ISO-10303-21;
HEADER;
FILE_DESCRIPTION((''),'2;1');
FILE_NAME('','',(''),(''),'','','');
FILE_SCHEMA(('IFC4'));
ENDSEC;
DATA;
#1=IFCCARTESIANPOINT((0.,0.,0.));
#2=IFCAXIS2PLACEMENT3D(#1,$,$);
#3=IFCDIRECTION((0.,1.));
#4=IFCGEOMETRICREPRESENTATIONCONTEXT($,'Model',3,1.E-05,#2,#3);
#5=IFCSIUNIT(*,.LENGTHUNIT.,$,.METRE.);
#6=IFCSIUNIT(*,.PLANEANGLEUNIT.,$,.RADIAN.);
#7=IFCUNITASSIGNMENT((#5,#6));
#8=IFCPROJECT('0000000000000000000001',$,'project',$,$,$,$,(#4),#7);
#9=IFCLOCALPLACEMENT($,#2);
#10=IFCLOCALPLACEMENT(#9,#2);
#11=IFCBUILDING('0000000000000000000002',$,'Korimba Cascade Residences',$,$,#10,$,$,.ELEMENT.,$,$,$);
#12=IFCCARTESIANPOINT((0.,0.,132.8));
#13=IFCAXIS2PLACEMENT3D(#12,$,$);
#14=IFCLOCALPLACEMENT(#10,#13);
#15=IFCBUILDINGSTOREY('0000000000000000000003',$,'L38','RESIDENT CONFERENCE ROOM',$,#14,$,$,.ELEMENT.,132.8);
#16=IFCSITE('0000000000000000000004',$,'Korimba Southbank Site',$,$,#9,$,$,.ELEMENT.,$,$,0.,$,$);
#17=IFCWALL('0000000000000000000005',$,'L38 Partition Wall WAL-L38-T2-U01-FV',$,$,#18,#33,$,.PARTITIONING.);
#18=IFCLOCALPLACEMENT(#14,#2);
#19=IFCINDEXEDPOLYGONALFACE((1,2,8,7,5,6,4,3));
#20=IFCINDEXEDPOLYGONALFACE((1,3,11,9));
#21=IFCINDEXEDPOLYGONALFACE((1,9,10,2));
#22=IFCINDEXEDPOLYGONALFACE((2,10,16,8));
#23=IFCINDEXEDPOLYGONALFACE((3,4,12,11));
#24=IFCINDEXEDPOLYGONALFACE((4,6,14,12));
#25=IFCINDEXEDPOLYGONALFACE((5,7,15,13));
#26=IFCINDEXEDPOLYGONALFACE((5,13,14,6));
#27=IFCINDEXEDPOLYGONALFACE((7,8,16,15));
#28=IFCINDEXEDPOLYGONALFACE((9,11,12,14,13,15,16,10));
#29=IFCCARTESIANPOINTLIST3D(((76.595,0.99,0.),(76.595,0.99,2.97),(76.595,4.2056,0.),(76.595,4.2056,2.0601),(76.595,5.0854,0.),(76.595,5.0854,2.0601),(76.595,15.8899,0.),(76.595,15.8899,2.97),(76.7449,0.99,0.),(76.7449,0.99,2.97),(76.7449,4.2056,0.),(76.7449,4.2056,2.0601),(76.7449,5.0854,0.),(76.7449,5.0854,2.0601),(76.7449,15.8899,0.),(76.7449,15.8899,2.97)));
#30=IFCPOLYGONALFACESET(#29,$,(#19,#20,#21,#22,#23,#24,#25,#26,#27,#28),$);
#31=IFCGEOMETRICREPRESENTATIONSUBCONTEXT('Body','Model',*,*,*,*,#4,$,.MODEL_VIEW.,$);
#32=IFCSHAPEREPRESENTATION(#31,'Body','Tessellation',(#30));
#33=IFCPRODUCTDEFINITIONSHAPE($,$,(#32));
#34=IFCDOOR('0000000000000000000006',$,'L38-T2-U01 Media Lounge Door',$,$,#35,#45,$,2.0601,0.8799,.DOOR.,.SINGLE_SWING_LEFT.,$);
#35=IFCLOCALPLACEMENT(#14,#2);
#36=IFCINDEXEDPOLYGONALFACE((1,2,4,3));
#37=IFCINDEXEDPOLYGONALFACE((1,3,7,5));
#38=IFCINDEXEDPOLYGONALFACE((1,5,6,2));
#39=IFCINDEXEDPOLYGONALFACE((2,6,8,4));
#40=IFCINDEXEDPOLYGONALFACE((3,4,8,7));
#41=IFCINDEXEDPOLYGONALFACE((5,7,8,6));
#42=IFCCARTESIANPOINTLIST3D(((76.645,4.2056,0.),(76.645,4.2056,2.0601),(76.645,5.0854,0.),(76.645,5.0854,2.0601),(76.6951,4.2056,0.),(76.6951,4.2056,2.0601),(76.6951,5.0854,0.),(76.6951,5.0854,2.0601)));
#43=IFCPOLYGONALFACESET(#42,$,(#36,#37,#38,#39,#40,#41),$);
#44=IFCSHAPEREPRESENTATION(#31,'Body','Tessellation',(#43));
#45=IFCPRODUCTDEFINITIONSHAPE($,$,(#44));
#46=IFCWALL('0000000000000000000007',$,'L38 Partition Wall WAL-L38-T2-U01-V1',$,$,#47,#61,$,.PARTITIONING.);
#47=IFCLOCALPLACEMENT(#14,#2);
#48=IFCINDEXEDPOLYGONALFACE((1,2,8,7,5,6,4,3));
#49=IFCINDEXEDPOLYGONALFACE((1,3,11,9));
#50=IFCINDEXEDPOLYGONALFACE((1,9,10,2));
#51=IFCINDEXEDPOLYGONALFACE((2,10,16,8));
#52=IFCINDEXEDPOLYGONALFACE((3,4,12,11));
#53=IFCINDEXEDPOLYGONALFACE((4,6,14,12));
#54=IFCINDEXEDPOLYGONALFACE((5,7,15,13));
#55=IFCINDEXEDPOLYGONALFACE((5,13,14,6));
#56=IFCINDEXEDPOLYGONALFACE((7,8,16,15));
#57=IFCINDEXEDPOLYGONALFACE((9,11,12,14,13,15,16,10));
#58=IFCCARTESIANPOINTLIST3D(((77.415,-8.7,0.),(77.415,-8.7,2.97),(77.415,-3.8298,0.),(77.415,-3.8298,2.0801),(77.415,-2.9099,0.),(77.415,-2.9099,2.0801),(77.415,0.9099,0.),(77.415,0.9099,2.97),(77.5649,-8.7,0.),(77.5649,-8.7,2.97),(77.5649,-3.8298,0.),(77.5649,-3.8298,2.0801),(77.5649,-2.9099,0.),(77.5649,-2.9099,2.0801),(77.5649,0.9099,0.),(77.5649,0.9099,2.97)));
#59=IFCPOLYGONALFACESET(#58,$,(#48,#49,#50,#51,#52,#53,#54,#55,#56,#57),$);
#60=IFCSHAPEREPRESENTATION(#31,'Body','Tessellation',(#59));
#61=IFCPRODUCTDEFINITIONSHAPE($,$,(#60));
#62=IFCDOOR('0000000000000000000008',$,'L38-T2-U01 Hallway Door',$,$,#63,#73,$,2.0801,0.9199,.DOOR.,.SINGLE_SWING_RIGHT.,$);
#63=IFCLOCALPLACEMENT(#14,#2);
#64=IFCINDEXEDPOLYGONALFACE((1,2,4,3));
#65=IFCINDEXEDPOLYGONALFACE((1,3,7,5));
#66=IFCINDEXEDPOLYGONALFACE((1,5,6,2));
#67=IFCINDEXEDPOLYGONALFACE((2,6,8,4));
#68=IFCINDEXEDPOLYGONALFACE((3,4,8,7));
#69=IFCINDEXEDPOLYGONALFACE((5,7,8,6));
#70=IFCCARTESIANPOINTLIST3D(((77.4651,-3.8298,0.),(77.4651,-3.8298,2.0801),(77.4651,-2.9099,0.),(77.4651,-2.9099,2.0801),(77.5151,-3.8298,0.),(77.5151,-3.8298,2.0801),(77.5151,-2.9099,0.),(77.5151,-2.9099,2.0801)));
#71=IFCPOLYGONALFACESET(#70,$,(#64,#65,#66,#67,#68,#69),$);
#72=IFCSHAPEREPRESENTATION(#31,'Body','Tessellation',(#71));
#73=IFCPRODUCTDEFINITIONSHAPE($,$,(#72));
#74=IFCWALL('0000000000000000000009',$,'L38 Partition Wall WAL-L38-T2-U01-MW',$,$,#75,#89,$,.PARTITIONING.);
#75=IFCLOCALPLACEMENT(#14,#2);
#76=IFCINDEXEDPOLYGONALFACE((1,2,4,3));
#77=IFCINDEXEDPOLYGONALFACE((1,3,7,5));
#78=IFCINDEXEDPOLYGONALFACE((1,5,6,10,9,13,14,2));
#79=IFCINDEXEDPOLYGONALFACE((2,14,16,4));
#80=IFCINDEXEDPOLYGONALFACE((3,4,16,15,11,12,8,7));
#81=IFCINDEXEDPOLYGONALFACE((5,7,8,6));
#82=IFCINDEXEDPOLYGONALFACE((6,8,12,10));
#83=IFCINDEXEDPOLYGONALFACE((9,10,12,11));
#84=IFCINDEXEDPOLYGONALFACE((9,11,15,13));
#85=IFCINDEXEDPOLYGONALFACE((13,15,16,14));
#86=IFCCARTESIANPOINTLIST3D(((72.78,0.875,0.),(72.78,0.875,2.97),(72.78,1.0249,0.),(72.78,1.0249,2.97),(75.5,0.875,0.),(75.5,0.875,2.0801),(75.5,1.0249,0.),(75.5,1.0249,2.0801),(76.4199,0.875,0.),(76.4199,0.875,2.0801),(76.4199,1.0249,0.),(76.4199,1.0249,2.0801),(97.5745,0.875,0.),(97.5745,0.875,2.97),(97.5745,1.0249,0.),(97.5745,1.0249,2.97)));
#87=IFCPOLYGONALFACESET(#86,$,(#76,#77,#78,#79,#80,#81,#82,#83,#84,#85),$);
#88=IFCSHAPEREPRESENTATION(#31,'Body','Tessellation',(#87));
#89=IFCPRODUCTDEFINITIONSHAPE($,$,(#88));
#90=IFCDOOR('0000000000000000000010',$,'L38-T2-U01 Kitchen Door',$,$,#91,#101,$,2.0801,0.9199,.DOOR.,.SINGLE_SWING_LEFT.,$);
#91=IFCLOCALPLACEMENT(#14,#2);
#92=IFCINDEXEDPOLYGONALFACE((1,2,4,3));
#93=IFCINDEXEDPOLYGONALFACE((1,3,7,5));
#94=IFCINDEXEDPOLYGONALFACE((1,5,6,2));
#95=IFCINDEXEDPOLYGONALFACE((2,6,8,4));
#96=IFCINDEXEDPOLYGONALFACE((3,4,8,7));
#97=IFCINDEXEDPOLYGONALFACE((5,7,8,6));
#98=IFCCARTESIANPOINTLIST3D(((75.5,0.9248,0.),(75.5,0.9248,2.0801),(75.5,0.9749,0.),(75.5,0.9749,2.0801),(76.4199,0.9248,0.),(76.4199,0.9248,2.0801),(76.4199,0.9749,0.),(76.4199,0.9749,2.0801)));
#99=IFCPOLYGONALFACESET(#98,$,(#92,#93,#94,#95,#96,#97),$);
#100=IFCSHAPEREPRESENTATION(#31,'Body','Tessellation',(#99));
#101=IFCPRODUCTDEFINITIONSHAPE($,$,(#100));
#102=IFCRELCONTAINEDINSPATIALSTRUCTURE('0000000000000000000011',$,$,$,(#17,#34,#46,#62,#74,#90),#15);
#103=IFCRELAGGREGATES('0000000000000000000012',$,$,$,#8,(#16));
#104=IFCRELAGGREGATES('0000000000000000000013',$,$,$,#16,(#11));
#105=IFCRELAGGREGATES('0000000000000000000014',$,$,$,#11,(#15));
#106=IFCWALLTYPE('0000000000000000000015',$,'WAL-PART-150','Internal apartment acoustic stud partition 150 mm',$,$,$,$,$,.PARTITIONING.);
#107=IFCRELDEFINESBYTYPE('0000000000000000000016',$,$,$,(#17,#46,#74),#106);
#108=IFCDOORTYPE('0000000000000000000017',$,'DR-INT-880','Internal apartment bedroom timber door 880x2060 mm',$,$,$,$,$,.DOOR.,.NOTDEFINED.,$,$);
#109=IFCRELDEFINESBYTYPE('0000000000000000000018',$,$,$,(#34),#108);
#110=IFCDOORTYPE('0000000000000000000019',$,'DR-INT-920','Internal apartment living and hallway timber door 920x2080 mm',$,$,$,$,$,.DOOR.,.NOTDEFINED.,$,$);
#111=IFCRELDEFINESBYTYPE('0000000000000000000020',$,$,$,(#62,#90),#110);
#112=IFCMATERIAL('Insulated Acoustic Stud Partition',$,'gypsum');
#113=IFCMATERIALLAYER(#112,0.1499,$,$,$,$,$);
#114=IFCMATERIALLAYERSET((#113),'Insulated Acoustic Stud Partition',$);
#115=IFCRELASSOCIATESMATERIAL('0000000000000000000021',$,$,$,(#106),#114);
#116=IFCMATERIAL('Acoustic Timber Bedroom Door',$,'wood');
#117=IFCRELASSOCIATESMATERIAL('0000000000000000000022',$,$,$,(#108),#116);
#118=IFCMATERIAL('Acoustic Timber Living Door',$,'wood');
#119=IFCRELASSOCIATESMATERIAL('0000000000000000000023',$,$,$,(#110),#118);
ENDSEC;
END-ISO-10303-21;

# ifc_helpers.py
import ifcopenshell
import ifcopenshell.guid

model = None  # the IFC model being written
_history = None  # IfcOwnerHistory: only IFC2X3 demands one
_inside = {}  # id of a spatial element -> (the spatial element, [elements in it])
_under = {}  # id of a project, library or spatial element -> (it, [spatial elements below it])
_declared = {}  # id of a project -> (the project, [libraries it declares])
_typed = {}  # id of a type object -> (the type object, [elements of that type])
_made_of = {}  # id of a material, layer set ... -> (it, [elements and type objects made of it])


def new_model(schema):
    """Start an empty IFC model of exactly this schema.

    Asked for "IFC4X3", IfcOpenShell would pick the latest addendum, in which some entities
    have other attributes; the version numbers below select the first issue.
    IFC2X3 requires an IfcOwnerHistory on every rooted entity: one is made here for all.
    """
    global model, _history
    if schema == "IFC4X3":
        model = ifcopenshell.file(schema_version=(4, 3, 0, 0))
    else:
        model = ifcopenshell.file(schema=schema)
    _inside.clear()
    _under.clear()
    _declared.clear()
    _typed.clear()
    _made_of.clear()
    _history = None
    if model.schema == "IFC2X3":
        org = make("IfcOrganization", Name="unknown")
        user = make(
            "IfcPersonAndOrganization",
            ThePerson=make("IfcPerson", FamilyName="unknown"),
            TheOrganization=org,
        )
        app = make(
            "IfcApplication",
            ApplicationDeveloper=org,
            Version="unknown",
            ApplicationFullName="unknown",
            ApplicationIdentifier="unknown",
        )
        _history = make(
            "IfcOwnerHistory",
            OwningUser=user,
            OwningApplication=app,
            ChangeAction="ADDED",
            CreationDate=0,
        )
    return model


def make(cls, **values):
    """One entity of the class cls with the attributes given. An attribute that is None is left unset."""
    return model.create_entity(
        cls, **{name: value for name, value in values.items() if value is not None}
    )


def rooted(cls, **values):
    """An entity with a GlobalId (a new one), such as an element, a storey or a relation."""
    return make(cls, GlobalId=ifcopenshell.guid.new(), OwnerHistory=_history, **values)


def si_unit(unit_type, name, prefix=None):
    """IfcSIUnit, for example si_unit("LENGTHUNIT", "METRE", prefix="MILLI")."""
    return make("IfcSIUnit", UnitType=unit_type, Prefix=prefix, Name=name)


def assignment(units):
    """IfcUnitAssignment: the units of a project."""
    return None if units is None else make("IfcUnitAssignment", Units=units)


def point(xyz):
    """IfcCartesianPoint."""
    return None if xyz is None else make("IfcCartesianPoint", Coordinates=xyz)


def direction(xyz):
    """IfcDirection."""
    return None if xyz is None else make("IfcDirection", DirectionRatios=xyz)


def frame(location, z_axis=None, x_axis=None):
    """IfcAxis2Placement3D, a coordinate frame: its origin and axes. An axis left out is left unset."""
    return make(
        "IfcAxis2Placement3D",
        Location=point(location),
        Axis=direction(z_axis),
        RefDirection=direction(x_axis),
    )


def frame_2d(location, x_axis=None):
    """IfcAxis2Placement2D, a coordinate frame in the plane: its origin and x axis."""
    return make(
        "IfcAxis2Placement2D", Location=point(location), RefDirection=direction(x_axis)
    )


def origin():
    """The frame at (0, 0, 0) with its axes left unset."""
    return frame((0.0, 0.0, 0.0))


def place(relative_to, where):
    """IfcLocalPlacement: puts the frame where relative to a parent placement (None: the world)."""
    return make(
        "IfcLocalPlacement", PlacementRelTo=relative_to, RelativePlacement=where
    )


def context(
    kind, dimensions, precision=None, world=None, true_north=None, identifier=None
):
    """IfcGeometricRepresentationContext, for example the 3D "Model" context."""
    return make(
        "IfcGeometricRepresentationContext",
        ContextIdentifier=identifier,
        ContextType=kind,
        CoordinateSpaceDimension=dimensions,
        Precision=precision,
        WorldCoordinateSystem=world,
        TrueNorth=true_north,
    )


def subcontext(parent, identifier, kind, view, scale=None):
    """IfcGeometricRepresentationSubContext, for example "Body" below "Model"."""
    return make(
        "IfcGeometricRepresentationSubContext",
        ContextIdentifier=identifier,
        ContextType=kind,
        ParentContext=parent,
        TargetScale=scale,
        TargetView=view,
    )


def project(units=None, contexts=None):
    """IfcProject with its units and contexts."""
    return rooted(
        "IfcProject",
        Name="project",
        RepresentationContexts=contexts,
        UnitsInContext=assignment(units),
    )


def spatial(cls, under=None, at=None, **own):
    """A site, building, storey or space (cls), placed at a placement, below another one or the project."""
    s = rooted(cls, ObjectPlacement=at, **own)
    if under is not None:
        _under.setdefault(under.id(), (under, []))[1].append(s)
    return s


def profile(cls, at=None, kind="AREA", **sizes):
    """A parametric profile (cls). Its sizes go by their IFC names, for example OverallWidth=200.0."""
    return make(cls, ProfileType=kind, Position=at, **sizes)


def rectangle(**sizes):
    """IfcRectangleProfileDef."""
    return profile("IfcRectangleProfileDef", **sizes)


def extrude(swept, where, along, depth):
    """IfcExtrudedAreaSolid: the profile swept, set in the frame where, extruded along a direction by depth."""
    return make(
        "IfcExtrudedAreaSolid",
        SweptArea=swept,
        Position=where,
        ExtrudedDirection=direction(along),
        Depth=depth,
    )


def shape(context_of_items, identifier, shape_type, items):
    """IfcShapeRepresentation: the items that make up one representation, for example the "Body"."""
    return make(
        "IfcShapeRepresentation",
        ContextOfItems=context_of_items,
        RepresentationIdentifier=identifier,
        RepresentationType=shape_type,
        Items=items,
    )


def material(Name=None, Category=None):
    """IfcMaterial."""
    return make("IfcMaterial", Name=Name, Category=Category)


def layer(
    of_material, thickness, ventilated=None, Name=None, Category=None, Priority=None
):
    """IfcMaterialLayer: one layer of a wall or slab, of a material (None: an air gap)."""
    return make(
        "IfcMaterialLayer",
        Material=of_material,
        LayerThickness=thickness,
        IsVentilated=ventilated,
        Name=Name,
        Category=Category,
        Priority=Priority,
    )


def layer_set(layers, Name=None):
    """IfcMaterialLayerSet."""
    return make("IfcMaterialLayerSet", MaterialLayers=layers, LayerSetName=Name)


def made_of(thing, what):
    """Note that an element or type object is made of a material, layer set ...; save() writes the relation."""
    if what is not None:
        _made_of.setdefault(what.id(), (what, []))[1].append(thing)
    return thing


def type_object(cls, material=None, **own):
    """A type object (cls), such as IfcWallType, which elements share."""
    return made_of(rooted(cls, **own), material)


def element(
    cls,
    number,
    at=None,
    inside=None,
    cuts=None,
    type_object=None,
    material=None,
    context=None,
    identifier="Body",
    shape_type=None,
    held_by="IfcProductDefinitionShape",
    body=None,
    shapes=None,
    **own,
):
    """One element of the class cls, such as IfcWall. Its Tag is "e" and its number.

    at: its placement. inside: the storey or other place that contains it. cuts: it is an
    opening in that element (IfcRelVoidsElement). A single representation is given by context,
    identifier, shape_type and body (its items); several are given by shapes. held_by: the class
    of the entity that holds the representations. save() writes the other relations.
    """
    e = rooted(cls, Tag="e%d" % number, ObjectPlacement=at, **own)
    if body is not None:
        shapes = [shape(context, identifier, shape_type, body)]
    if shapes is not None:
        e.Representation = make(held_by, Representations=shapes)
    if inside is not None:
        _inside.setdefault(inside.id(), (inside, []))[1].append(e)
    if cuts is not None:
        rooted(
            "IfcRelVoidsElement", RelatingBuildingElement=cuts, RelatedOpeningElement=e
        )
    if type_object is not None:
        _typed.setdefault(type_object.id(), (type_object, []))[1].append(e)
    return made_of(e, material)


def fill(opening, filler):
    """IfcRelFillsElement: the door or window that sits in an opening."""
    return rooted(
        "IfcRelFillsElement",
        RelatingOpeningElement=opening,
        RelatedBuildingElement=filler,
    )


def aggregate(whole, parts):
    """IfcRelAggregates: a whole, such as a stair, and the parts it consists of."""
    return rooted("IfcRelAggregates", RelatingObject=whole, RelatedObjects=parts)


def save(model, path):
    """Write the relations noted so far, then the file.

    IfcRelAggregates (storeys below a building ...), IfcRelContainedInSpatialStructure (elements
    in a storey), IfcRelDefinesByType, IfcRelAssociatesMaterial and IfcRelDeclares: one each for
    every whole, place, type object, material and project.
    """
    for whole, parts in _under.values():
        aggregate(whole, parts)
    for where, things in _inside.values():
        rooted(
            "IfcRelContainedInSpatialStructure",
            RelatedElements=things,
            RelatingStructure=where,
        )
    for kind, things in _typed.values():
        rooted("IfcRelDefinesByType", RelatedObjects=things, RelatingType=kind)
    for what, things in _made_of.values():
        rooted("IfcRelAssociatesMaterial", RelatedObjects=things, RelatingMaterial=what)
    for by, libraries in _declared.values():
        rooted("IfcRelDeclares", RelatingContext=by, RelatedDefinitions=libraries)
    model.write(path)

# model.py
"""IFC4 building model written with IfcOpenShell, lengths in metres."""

from ifc_helpers import new_model, si_unit, direction, frame, frame_2d, origin, place, context, subcontext, project, spatial, rectangle, extrude, material, layer, layer_set, type_object, element, fill, save


model = new_model("IFC4")

# Units and contexts
model_context = context("Model", 3, precision=1e-05, world=origin(), true_north=direction((0.0, 1.0)))
body_context = subcontext(model_context, "Body", "Model", "MODEL_VIEW")
ifc_project = project(units=[si_unit("LENGTHUNIT", "METRE"), si_unit("PLANEANGLEUNIT", "RADIAN")], contexts=[model_context])

# Site, building, storey
site_placement = place(None, origin())
site = spatial("IfcSite", under=ifc_project, at=site_placement, Name="Korimba Southbank Site", CompositionType="ELEMENT", RefElevation=0.0)
building_placement = place(site_placement, origin())
building = spatial("IfcBuilding", under=site, at=building_placement, Name="Korimba Cascade Residences", CompositionType="ELEMENT")
storey_placement = place(building_placement, frame((0.0, 0.0, 132.8)))
storey = spatial("IfcBuildingStorey", under=building, at=storey_placement, Name="L38", Description="RESIDENT CONFERENCE ROOM", CompositionType="ELEMENT", Elevation=132.8)

# Walls, openings, doors
ifc_material_1 = material(Name="Insulated Acoustic Stud Partition", Category="gypsum")
ifc_layer_1 = layer(ifc_material_1, 0.1499)
ifc_layer_set_1 = layer_set([ifc_layer_1], Name="Insulated Acoustic Stud Partition")
wall_type_1 = type_object("IfcWallType", Name="WAL-PART-150", Description="Internal apartment acoustic stud partition 150 mm", PredefinedType="PARTITIONING", material=ifc_layer_set_1)
wall_1_placement = place(storey_placement, frame((76.6699, 0.99, 0.0), z_axis=(0.0, 0.0, 1.0), x_axis=(0.0, 1.0, 0.0)))
wall_1 = element("IfcWall", 1, at=wall_1_placement, inside=storey, type_object=wall_type_1, Name="L38 Partition Wall WAL-L38-T2-U01-FV", PredefinedType="PARTITIONING", context=body_context, shape_type="SweptSolid", body=[
    extrude(rectangle(XDim=14.8999, YDim=0.1499, at=frame_2d((7.45, 0.0))), origin(), (0.0, 0.0, 1.0), 2.97),
])
opening_1_placement = place(wall_1_placement, frame((3.2156, 0.0, 0.0)))
opening_1 = element("IfcOpeningElement", 2, at=opening_1_placement, cuts=wall_1, PredefinedType="OPENING", context=body_context, shape_type="SweptSolid", body=[
    extrude(rectangle(XDim=0.8799, YDim=2.0601, at=frame_2d((0.4399, 1.03))), frame((0.0, 0.085, 0.0), z_axis=(0.0, -1.0, 0.0), x_axis=(1.0, 0.0, 0.0)), (0.0, 0.0, 1.0), 0.1699),
])
ifc_material_2 = material(Name="Acoustic Timber Bedroom Door", Category="wood")
door_type_1 = type_object("IfcDoorType", Name="DR-INT-880", Description="Internal apartment bedroom timber door 880x2060 mm", OperationType="NOTDEFINED", PredefinedType="DOOR", material=ifc_material_2)
door_1_placement = place(opening_1_placement, origin())
door_1 = element("IfcDoor", 3, at=door_1_placement, inside=storey, type_object=door_type_1, Name="L38-T2-U01 Media Lounge Door", OperationType="SINGLE_SWING_LEFT", OverallHeight=2.0601, OverallWidth=0.8799, PredefinedType="DOOR", context=body_context, shape_type="SweptSolid", body=[
    extrude(rectangle(XDim=0.8799, YDim=2.0601, at=frame_2d((0.4399, 1.03))), frame((0.0, 0.0249, 0.0), z_axis=(0.0, -1.0, 0.0), x_axis=(1.0, 0.0, 0.0)), (0.0, 0.0, 1.0), 0.05),
])
fill(opening_1, door_1)
wall_2_placement = place(storey_placement, frame((77.49, -8.7, 0.0), z_axis=(0.0, 0.0, 1.0), x_axis=(0.0, 1.0, 0.0)))
wall_2 = element("IfcWall", 4, at=wall_2_placement, inside=storey, type_object=wall_type_1, Name="L38 Partition Wall WAL-L38-T2-U01-V1", PredefinedType="PARTITIONING", context=body_context, shape_type="SweptSolid", body=[
    extrude(rectangle(XDim=9.6099, YDim=0.1499, at=frame_2d((4.8049, 0.0))), origin(), (0.0, 0.0, 1.0), 2.97),
])
opening_2_placement = place(wall_2_placement, frame((4.8701, 0.0, 0.0)))
opening_2 = element("IfcOpeningElement", 5, at=opening_2_placement, cuts=wall_2, PredefinedType="OPENING", context=body_context, shape_type="SweptSolid", body=[
    extrude(rectangle(XDim=0.9199, YDim=2.0801, at=frame_2d((0.46, 1.04))), frame((0.0, 0.085, 0.0), z_axis=(0.0, -1.0, 0.0), x_axis=(1.0, 0.0, 0.0)), (0.0, 0.0, 1.0), 0.1699),
])
ifc_material_3 = material(Name="Acoustic Timber Living Door", Category="wood")
door_type_2 = type_object("IfcDoorType", Name="DR-INT-920", Description="Internal apartment living and hallway timber door 920x2080 mm", OperationType="NOTDEFINED", PredefinedType="DOOR", material=ifc_material_3)
door_2_placement = place(opening_2_placement, origin())
door_2 = element("IfcDoor", 6, at=door_2_placement, inside=storey, type_object=door_type_2, Name="L38-T2-U01 Hallway Door", OperationType="SINGLE_SWING_RIGHT", OverallHeight=2.0801, OverallWidth=0.9199, PredefinedType="DOOR", context=body_context, shape_type="SweptSolid", body=[
    extrude(rectangle(XDim=0.9199, YDim=2.0801, at=frame_2d((0.46, 1.04))), frame((0.0, 0.0249, 0.0), z_axis=(0.0, -1.0, 0.0), x_axis=(1.0, 0.0, 0.0)), (0.0, 0.0, 1.0), 0.05),
])
fill(opening_2, door_2)
wall_3_placement = place(storey_placement, frame((72.78, 0.95, 0.0), z_axis=(0.0, 0.0, 1.0), x_axis=(1.0, 0.0, 0.0)))
wall_3 = element("IfcWall", 7, at=wall_3_placement, inside=storey, type_object=wall_type_1, Name="L38 Partition Wall WAL-L38-T2-U01-MW", PredefinedType="PARTITIONING", context=body_context, shape_type="SweptSolid", body=[
    extrude(rectangle(XDim=24.7944, YDim=0.1499, at=frame_2d((12.3972, 0.0))), origin(), (0.0, 0.0, 1.0), 2.97),
])
opening_3_placement = place(wall_3_placement, frame((2.72, 0.0, 0.0)))
opening_3 = element("IfcOpeningElement", 8, at=opening_3_placement, cuts=wall_3, PredefinedType="OPENING", context=body_context, shape_type="SweptSolid", body=[
    extrude(rectangle(XDim=0.9199, YDim=2.0801, at=frame_2d((0.46, 1.04))), frame((0.0, 0.085, 0.0), z_axis=(0.0, -1.0, 0.0), x_axis=(1.0, 0.0, 0.0)), (0.0, 0.0, 1.0), 0.1699),
])
door_3_placement = place(opening_3_placement, origin())
door_3 = element("IfcDoor", 9, at=door_3_placement, inside=storey, type_object=door_type_2, Name="L38-T2-U01 Kitchen Door", OperationType="SINGLE_SWING_LEFT", OverallHeight=2.0801, OverallWidth=0.9199, PredefinedType="DOOR", context=body_context, shape_type="SweptSolid", body=[
    extrude(rectangle(XDim=0.9199, YDim=2.0801, at=frame_2d((0.46, 1.04))), frame((0.0, 0.0249, 0.0), z_axis=(0.0, -1.0, 0.0), x_axis=(1.0, 0.0, 0.0)), (0.0, 0.0, 1.0), 0.05),
])
fill(opening_3, door_3)

save(model, "model.ifc")
